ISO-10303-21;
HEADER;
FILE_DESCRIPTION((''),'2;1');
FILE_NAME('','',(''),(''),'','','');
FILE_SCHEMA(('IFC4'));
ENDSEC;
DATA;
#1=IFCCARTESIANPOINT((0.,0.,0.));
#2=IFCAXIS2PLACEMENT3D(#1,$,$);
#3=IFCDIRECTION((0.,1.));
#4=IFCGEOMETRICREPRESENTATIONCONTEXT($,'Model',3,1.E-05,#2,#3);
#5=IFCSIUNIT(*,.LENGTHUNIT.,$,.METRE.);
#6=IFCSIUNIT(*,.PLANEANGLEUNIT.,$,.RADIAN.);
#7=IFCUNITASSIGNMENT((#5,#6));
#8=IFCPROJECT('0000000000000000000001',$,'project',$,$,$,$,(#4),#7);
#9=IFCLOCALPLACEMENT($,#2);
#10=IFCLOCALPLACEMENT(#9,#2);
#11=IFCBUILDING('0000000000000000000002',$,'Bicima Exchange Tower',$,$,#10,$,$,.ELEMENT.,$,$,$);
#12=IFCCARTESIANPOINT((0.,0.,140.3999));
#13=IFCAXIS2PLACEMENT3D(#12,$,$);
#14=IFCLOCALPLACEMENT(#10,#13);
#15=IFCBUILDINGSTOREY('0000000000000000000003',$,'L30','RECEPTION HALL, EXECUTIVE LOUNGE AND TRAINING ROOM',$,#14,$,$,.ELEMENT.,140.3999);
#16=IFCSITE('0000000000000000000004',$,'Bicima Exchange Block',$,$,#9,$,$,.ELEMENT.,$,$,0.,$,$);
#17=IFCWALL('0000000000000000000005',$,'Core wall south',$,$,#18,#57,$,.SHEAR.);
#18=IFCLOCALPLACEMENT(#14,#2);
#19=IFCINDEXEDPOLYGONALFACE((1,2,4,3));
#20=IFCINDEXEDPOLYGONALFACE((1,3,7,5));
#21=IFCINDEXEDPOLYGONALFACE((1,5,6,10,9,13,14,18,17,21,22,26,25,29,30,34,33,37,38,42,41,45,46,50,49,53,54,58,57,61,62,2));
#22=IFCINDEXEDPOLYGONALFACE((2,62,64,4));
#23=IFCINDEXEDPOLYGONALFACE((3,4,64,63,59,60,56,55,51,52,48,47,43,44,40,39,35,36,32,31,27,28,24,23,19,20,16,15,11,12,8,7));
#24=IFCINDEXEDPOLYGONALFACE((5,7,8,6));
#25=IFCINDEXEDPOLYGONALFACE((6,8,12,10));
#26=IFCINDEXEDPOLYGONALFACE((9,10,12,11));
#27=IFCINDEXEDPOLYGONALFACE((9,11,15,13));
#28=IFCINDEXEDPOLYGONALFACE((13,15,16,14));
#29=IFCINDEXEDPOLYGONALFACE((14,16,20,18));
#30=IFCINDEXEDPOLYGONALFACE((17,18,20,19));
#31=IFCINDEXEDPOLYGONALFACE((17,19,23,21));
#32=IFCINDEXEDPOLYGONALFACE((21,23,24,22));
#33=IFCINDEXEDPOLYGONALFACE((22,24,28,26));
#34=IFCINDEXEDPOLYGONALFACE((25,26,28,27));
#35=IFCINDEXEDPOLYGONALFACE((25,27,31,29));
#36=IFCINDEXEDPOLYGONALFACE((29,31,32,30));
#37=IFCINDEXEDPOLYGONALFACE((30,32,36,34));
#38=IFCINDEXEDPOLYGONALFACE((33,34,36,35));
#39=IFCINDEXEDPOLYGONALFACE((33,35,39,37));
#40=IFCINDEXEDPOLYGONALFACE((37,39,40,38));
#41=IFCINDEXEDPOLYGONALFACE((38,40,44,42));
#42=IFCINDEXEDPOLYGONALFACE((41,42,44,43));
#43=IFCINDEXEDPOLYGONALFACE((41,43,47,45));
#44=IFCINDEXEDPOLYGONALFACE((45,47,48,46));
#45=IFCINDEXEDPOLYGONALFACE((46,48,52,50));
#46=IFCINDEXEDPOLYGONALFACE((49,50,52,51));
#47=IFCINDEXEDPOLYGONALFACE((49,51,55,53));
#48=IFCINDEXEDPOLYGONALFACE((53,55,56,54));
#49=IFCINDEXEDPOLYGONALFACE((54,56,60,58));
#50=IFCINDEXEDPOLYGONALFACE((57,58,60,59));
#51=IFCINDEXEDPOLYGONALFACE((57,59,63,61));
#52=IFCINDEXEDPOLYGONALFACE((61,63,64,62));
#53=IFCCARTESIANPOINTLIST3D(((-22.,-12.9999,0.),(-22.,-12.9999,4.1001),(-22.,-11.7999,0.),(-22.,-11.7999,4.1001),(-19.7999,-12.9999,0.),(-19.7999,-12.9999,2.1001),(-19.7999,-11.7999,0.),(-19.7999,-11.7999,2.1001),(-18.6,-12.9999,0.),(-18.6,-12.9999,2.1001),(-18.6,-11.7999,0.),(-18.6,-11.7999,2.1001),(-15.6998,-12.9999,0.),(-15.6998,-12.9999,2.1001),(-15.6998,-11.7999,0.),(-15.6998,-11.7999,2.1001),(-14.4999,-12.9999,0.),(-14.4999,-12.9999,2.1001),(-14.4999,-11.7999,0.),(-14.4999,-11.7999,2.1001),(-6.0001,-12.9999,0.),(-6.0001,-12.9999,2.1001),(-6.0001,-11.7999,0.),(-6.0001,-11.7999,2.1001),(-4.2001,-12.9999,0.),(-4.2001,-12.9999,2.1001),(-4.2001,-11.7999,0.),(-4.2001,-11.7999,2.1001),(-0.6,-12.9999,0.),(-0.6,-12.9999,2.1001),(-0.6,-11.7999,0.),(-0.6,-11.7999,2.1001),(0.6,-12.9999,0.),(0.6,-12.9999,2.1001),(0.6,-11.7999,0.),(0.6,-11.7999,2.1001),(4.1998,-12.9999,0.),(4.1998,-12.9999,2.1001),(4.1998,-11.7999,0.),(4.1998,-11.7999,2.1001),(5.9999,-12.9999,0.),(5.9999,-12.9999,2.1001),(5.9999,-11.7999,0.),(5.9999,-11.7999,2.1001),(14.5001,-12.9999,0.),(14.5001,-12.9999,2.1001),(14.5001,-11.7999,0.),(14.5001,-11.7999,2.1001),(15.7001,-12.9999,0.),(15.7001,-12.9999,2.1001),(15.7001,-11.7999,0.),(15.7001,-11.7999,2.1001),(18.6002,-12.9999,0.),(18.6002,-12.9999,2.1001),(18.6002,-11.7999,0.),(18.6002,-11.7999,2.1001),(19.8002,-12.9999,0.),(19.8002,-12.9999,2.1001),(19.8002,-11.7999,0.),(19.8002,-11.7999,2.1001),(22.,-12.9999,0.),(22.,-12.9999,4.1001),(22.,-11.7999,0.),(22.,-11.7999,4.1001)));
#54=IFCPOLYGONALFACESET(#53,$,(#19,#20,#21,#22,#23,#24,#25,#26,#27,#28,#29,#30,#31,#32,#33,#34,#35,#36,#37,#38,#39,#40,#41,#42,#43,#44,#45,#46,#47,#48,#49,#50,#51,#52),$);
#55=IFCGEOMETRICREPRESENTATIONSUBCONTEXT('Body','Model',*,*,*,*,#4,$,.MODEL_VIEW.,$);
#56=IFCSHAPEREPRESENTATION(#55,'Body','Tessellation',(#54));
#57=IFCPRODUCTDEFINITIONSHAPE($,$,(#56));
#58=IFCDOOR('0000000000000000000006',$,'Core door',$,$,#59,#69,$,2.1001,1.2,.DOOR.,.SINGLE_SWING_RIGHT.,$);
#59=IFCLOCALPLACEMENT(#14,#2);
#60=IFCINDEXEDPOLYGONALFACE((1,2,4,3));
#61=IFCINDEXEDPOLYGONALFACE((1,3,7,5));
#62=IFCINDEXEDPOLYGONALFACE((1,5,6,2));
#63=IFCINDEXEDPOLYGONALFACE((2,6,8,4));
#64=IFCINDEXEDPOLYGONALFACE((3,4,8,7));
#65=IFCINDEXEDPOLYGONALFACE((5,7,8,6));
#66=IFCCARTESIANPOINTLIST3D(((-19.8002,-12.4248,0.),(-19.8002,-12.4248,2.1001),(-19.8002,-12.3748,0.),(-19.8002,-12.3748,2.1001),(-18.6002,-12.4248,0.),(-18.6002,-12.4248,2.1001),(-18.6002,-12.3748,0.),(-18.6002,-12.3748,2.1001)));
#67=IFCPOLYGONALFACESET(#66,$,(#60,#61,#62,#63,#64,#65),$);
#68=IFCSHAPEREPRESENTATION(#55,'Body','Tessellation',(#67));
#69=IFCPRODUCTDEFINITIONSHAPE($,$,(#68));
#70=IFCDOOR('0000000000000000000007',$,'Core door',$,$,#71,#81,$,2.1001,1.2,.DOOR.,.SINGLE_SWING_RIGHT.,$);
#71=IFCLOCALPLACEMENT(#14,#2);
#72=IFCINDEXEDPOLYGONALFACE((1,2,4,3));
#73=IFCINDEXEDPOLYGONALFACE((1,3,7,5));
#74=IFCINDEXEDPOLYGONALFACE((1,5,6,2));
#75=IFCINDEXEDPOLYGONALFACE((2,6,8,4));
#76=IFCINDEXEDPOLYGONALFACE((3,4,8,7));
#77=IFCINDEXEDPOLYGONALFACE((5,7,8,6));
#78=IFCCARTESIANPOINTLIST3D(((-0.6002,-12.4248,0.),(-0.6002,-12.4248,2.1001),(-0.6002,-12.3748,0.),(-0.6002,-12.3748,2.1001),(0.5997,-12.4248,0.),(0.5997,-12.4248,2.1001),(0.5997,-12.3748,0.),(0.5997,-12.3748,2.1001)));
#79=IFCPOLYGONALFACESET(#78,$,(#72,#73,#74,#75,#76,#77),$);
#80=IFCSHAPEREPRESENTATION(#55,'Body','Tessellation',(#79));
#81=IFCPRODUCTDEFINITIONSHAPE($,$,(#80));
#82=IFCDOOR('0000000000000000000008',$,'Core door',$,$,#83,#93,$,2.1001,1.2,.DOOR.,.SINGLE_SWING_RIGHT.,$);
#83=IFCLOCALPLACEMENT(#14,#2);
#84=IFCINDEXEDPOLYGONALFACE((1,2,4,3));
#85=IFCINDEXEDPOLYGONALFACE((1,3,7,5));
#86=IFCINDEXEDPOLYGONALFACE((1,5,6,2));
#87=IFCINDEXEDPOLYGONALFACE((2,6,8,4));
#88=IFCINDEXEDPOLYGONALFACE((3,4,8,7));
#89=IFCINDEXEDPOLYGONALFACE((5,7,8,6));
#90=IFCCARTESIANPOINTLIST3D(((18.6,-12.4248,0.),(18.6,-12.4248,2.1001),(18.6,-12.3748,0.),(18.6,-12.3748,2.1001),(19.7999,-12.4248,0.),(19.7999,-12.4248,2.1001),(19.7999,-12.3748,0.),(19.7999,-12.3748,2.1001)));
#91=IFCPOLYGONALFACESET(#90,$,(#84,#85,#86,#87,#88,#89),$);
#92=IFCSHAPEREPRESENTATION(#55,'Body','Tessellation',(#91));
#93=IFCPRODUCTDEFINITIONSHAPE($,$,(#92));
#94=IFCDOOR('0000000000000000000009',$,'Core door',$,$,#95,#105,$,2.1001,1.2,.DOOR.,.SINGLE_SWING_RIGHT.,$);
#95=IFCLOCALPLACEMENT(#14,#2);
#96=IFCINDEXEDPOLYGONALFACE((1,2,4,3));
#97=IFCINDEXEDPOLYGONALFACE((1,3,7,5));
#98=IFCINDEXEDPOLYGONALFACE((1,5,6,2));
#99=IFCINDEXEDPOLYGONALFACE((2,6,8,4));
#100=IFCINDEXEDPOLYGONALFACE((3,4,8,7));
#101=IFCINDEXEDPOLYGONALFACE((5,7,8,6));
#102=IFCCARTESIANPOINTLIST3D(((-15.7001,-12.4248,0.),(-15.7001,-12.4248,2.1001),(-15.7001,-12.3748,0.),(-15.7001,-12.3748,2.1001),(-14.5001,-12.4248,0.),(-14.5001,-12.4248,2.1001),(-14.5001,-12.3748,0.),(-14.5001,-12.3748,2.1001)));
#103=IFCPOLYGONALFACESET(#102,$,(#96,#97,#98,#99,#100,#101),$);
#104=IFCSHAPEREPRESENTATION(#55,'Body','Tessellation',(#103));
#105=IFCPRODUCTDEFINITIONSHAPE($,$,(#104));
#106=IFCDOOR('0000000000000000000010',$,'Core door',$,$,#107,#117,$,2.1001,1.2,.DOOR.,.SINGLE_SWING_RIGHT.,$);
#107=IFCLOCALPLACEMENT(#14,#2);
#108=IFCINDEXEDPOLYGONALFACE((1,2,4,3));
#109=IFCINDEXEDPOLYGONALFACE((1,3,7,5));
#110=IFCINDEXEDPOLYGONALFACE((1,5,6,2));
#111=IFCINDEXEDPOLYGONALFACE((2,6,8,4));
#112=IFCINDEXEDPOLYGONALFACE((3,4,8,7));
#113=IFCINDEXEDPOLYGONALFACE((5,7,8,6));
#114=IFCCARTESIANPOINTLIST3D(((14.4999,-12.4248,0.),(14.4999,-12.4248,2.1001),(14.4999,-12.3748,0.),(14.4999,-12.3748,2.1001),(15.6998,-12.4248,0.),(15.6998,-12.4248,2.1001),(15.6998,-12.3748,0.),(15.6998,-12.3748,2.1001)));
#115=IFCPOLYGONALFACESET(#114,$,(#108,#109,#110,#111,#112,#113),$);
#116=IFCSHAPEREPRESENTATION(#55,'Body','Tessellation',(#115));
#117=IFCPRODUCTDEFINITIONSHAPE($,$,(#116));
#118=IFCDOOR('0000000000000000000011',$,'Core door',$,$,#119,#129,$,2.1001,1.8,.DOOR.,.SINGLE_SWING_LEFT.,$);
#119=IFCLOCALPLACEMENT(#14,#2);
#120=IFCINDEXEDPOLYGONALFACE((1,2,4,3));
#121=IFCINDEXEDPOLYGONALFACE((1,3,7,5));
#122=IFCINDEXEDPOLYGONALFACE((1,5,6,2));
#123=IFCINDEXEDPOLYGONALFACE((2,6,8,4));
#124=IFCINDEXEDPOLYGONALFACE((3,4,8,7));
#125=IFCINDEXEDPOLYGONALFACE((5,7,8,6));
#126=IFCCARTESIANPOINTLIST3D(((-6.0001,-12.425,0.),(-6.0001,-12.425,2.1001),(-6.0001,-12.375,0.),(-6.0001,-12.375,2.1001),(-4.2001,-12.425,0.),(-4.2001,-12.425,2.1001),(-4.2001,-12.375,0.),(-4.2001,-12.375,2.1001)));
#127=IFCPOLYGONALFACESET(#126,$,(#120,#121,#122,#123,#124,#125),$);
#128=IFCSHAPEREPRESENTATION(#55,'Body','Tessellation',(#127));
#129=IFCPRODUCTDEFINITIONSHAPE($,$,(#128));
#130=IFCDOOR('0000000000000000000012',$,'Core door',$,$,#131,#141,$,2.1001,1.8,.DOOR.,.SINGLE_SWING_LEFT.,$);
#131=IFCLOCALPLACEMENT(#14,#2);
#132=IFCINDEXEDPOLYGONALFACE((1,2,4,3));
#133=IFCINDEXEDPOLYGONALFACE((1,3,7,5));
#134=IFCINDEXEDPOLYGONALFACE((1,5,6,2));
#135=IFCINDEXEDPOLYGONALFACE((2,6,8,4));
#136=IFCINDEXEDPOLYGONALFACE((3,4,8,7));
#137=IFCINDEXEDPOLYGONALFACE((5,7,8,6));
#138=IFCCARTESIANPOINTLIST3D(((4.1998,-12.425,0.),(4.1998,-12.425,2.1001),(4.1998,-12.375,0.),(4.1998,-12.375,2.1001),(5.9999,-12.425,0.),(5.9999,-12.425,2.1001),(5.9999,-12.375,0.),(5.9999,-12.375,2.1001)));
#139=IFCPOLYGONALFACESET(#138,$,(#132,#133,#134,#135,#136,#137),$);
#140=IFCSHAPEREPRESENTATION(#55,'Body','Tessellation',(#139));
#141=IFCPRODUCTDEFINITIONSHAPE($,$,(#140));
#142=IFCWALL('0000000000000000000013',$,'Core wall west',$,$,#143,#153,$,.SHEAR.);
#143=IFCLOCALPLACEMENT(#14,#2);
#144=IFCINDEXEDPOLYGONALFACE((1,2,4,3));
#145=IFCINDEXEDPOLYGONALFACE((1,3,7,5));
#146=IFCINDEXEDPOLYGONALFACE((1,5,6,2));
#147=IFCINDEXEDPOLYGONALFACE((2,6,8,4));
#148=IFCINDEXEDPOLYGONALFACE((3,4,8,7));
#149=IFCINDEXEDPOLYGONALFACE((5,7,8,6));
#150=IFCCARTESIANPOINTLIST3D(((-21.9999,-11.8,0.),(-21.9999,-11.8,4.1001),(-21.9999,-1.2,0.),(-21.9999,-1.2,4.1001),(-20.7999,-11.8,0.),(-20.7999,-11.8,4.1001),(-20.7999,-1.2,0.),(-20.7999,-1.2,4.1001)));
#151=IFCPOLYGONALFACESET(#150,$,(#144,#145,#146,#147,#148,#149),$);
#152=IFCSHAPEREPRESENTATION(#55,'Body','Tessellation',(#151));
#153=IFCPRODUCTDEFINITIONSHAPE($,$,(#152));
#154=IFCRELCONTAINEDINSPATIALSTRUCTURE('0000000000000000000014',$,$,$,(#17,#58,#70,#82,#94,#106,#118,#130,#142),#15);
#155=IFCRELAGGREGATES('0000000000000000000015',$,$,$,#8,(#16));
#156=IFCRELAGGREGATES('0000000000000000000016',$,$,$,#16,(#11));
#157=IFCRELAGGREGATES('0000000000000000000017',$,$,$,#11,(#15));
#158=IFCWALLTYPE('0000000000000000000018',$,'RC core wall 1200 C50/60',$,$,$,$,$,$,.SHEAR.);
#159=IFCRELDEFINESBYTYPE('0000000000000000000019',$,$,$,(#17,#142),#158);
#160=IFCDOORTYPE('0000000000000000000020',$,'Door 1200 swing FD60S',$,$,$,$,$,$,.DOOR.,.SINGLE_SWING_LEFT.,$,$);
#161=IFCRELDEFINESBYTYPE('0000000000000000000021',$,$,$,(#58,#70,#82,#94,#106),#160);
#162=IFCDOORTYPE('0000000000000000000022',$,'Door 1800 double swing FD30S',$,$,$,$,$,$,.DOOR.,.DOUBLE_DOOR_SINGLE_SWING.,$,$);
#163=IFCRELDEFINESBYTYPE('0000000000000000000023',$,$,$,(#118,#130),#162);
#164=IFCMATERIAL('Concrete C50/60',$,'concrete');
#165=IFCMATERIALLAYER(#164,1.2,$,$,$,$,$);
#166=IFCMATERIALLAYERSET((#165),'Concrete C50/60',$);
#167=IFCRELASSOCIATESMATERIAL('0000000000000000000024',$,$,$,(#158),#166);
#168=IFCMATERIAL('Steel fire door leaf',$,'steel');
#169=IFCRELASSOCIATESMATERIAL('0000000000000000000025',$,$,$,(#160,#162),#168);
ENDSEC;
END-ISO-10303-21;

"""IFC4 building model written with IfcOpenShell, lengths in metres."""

from ifc_helpers import new_model, si_unit, direction, frame, frame_2d, origin, place, context, subcontext, project, spatial, rectangle, extrude, material, layer, layer_set, type_object, element, fill, save


model = new_model("IFC4")

# Units and contexts
model_context = context("Model", 3, precision=1e-05, world=origin(), true_north=direction((0.0, 1.0)))
body_context = subcontext(model_context, "Body", "Model", "MODEL_VIEW")
ifc_project = project(units=[si_unit("LENGTHUNIT", "METRE"), si_unit("PLANEANGLEUNIT", "RADIAN")], contexts=[model_context])

# Site, building, storey
site_placement = place(None, origin())
site = spatial("IfcSite", under=ifc_project, at=site_placement, Name="Bicima Exchange Block", CompositionType="ELEMENT", RefElevation=0.0)
building_placement = place(site_placement, origin())
building = spatial("IfcBuilding", under=site, at=building_placement, Name="Bicima Exchange Tower", CompositionType="ELEMENT")
storey_placement = place(building_placement, frame((0.0, 0.0, 140.3999)))
storey = spatial("IfcBuildingStorey", under=building, at=storey_placement, Name="L30", Description="RECEPTION HALL, EXECUTIVE LOUNGE AND TRAINING ROOM", CompositionType="ELEMENT", Elevation=140.3999)

# Wall, openings, doors
ifc_material_1 = material(Name="Steel fire door leaf", Category="steel")
ifc_material_2 = material(Name="Concrete C50/60", Category="concrete")
ifc_layer_1 = layer(ifc_material_2, 1.2)
ifc_layer_set_1 = layer_set([ifc_layer_1], Name="Concrete C50/60")
wall_type_1 = type_object("IfcWallType", Name="RC core wall 1200 C50/60", PredefinedType="SHEAR", material=ifc_layer_set_1)
wall_1_placement = place(storey_placement, frame((-22.0, -12.3999, 0.0), z_axis=(0.0, 0.0, 1.0), x_axis=(1.0, 0.0, 0.0)))
wall_1 = element("IfcWall", 1, at=wall_1_placement, inside=storey, type_object=wall_type_1, Name="Core wall south", PredefinedType="SHEAR", context=body_context, shape_type="SweptSolid", body=[
    extrude(rectangle(XDim=44.0, YDim=1.2, at=frame_2d((22.0, 0.0))), origin(), (0.0, 0.0, 1.0), 4.1001),
])
opening_1_placement = place(wall_1_placement, frame((2.2, 0.0, 0.0)))
opening_1 = element("IfcOpeningElement", 2, at=opening_1_placement, cuts=wall_1, PredefinedType="OPENING", context=body_context, shape_type="SweptSolid", body=[
    extrude(rectangle(XDim=1.2, YDim=2.1001, at=frame_2d((0.6001, 1.05))), frame((0.0, 0.6118, 0.0), z_axis=(0.0, -1.0, 0.0), x_axis=(1.0, 0.0, 0.0)), (0.0, 0.0, 1.0), 1.2239),
])
opening_2_placement = place(wall_1_placement, frame((21.3999, 0.0, 0.0)))
opening_2 = element("IfcOpeningElement", 3, at=opening_2_placement, cuts=wall_1, PredefinedType="OPENING", context=body_context, shape_type="SweptSolid", body=[
    extrude(rectangle(XDim=1.2, YDim=2.1001, at=frame_2d((0.6001, 1.05))), frame((0.0, 0.6118, 0.0), z_axis=(0.0, -1.0, 0.0), x_axis=(1.0, 0.0, 0.0)), (0.0, 0.0, 1.0), 1.2239),
])
opening_3_placement = place(wall_1_placement, frame((40.6001, 0.0, 0.0)))
opening_3 = element("IfcOpeningElement", 4, at=opening_3_placement, cuts=wall_1, PredefinedType="OPENING", context=body_context, shape_type="SweptSolid", body=[
    extrude(rectangle(XDim=1.2, YDim=2.1001, at=frame_2d((0.6001, 1.05))), frame((0.0, 0.6118, 0.0), z_axis=(0.0, -1.0, 0.0), x_axis=(1.0, 0.0, 0.0)), (0.0, 0.0, 1.0), 1.2239),
])
opening_4_placement = place(wall_1_placement, frame((16.0, 0.0, 0.0)))
opening_4 = element("IfcOpeningElement", 5, at=opening_4_placement, cuts=wall_1, PredefinedType="OPENING", context=body_context, shape_type="SweptSolid", body=[
    extrude(rectangle(XDim=1.8, YDim=2.1001, at=frame_2d((0.8999, 1.05))), frame((0.0, 0.6118, 0.0), z_axis=(0.0, -1.0, 0.0), x_axis=(1.0, 0.0, 0.0)), (0.0, 0.0, 1.0), 1.2239),
])
opening_5_placement = place(wall_1_placement, frame((6.3, 0.0, 0.0)))
opening_5 = element("IfcOpeningElement", 6, at=opening_5_placement, cuts=wall_1, PredefinedType="OPENING", context=body_context, shape_type="SweptSolid", body=[
    extrude(rectangle(XDim=1.2, YDim=2.1001, at=frame_2d((0.6001, 1.05))), frame((0.0, 0.6118, 0.0), z_axis=(0.0, -1.0, 0.0), x_axis=(1.0, 0.0, 0.0)), (0.0, 0.0, 1.0), 1.2239),
])
opening_6_placement = place(wall_1_placement, frame((26.2, 0.0, 0.0)))
opening_6 = element("IfcOpeningElement", 7, at=opening_6_placement, cuts=wall_1, PredefinedType="OPENING", context=body_context, shape_type="SweptSolid", body=[
    extrude(rectangle(XDim=1.8, YDim=2.1001, at=frame_2d((0.8999, 1.05))), frame((0.0, 0.6118, 0.0), z_axis=(0.0, -1.0, 0.0), x_axis=(1.0, 0.0, 0.0)), (0.0, 0.0, 1.0), 1.2239),
])
opening_7_placement = place(wall_1_placement, frame((36.5, 0.0, 0.0)))
opening_7 = element("IfcOpeningElement", 8, at=opening_7_placement, cuts=wall_1, PredefinedType="OPENING", context=body_context, shape_type="SweptSolid", body=[
    extrude(rectangle(XDim=1.2, YDim=2.1001, at=frame_2d((0.6001, 1.05))), frame((0.0, 0.6118, 0.0), z_axis=(0.0, -1.0, 0.0), x_axis=(1.0, 0.0, 0.0)), (0.0, 0.0, 1.0), 1.2239),
])
door_type_1 = type_object("IfcDoorType", Name="Door 1200 swing FD60S", OperationType="SINGLE_SWING_LEFT", PredefinedType="DOOR", material=ifc_material_1)
door_1_placement = place(opening_1_placement, frame((1.2, 0.0, 0.0), z_axis=(0.0, 0.0, 1.0), x_axis=(-1.0, 0.0, 0.0)))
door_1 = element("IfcDoor", 9, at=door_1_placement, inside=storey, type_object=door_type_1, Name="Core door", OperationType="SINGLE_SWING_RIGHT", OverallHeight=2.1001, OverallWidth=1.2, PredefinedType="DOOR", context=body_context, shape_type="SweptSolid", body=[
    extrude(rectangle(XDim=1.2, YDim=2.1001, at=frame_2d((0.6001, 1.05))), frame((0.0, 0.0249, 0.0), z_axis=(0.0, -1.0, 0.0), x_axis=(1.0, 0.0, 0.0)), (0.0, 0.0, 1.0), 0.05),
])
fill(opening_1, door_1)
door_2_placement = place(opening_2_placement, frame((1.2, 0.0, 0.0), z_axis=(0.0, 0.0, 1.0), x_axis=(-1.0, 0.0, 0.0)))
door_2 = element("IfcDoor", 10, at=door_2_placement, inside=storey, type_object=door_type_1, Name="Core door", OperationType="SINGLE_SWING_RIGHT", OverallHeight=2.1001, OverallWidth=1.2, PredefinedType="DOOR", context=body_context, shape_type="SweptSolid", body=[
    extrude(rectangle(XDim=1.2, YDim=2.1001, at=frame_2d((0.6001, 1.05))), frame((0.0, 0.0249, 0.0), z_axis=(0.0, -1.0, 0.0), x_axis=(1.0, 0.0, 0.0)), (0.0, 0.0, 1.0), 0.05),
])
fill(opening_2, door_2)
door_3_placement = place(opening_3_placement, frame((1.2, 0.0, 0.0), z_axis=(0.0, 0.0, 1.0), x_axis=(-1.0, 0.0, 0.0)))
door_3 = element("IfcDoor", 11, at=door_3_placement, inside=storey, type_object=door_type_1, Name="Core door", OperationType="SINGLE_SWING_RIGHT", OverallHeight=2.1001, OverallWidth=1.2, PredefinedType="DOOR", context=body_context, shape_type="SweptSolid", body=[
    extrude(rectangle(XDim=1.2, YDim=2.1001, at=frame_2d((0.6001, 1.05))), frame((0.0, 0.0249, 0.0), z_axis=(0.0, -1.0, 0.0), x_axis=(1.0, 0.0, 0.0)), (0.0, 0.0, 1.0), 0.05),
])
fill(opening_3, door_3)
door_4_placement = place(opening_5_placement, frame((1.2, 0.0, 0.0), z_axis=(0.0, 0.0, 1.0), x_axis=(-1.0, 0.0, 0.0)))
door_4 = element("IfcDoor", 12, at=door_4_placement, inside=storey, type_object=door_type_1, Name="Core door", OperationType="SINGLE_SWING_RIGHT", OverallHeight=2.1001, OverallWidth=1.2, PredefinedType="DOOR", context=body_context, shape_type="SweptSolid", body=[
    extrude(rectangle(XDim=1.2, YDim=2.1001, at=frame_2d((0.6001, 1.05))), frame((0.0, 0.0249, 0.0), z_axis=(0.0, -1.0, 0.0), x_axis=(1.0, 0.0, 0.0)), (0.0, 0.0, 1.0), 0.05),
])
fill(opening_5, door_4)
door_5_placement = place(opening_7_placement, frame((1.2, 0.0, 0.0), z_axis=(0.0, 0.0, 1.0), x_axis=(-1.0, 0.0, 0.0)))
door_5 = element("IfcDoor", 13, at=door_5_placement, inside=storey, type_object=door_type_1, Name="Core door", OperationType="SINGLE_SWING_RIGHT", OverallHeight=2.1001, OverallWidth=1.2, PredefinedType="DOOR", context=body_context, shape_type="SweptSolid", body=[
    extrude(rectangle(XDim=1.2, YDim=2.1001, at=frame_2d((0.6001, 1.05))), frame((0.0, 0.0249, 0.0), z_axis=(0.0, -1.0, 0.0), x_axis=(1.0, 0.0, 0.0)), (0.0, 0.0, 1.0), 0.05),
])
fill(opening_7, door_5)
door_type_2 = type_object("IfcDoorType", Name="Door 1800 double swing FD30S", OperationType="DOUBLE_DOOR_SINGLE_SWING", PredefinedType="DOOR", material=ifc_material_1)
door_6_placement = place(opening_4_placement, origin())
door_6 = element("IfcDoor", 14, at=door_6_placement, inside=storey, type_object=door_type_2, Name="Core door", OperationType="SINGLE_SWING_LEFT", OverallHeight=2.1001, OverallWidth=1.8, PredefinedType="DOOR", context=body_context, shape_type="SweptSolid", body=[
    extrude(rectangle(XDim=1.8, YDim=2.1001, at=frame_2d((0.8999, 1.05))), frame((0.0, 0.0249, 0.0), z_axis=(0.0, -1.0, 0.0), x_axis=(1.0, 0.0, 0.0)), (0.0, 0.0, 1.0), 0.05),
])
fill(opening_4, door_6)
door_7_placement = place(opening_6_placement, origin())
door_7 = element("IfcDoor", 15, at=door_7_placement, inside=storey, type_object=door_type_2, Name="Core door", OperationType="SINGLE_SWING_LEFT", OverallHeight=2.1001, OverallWidth=1.8, PredefinedType="DOOR", context=body_context, shape_type="SweptSolid", body=[
    extrude(rectangle(XDim=1.8, YDim=2.1001, at=frame_2d((0.8999, 1.05))), frame((0.0, 0.0249, 0.0), z_axis=(0.0, -1.0, 0.0), x_axis=(1.0, 0.0, 0.0)), (0.0, 0.0, 1.0), 0.05),
])
fill(opening_6, door_7)

# Wall
wall_2_placement = place(storey_placement, frame((-21.3999, -11.8, 0.0), z_axis=(0.0, 0.0, 1.0), x_axis=(0.0, 1.0, 0.0)))
element("IfcWall", 16, at=wall_2_placement, inside=storey, type_object=wall_type_1, Name="Core wall west", PredefinedType="SHEAR", context=body_context, shape_type="SweptSolid", body=[
    extrude(rectangle(XDim=10.6001, YDim=1.2, at=frame_2d((5.3, 0.0))), origin(), (0.0, 0.0, 1.0), 4.1001),
])

save(model, "model.ifc")
